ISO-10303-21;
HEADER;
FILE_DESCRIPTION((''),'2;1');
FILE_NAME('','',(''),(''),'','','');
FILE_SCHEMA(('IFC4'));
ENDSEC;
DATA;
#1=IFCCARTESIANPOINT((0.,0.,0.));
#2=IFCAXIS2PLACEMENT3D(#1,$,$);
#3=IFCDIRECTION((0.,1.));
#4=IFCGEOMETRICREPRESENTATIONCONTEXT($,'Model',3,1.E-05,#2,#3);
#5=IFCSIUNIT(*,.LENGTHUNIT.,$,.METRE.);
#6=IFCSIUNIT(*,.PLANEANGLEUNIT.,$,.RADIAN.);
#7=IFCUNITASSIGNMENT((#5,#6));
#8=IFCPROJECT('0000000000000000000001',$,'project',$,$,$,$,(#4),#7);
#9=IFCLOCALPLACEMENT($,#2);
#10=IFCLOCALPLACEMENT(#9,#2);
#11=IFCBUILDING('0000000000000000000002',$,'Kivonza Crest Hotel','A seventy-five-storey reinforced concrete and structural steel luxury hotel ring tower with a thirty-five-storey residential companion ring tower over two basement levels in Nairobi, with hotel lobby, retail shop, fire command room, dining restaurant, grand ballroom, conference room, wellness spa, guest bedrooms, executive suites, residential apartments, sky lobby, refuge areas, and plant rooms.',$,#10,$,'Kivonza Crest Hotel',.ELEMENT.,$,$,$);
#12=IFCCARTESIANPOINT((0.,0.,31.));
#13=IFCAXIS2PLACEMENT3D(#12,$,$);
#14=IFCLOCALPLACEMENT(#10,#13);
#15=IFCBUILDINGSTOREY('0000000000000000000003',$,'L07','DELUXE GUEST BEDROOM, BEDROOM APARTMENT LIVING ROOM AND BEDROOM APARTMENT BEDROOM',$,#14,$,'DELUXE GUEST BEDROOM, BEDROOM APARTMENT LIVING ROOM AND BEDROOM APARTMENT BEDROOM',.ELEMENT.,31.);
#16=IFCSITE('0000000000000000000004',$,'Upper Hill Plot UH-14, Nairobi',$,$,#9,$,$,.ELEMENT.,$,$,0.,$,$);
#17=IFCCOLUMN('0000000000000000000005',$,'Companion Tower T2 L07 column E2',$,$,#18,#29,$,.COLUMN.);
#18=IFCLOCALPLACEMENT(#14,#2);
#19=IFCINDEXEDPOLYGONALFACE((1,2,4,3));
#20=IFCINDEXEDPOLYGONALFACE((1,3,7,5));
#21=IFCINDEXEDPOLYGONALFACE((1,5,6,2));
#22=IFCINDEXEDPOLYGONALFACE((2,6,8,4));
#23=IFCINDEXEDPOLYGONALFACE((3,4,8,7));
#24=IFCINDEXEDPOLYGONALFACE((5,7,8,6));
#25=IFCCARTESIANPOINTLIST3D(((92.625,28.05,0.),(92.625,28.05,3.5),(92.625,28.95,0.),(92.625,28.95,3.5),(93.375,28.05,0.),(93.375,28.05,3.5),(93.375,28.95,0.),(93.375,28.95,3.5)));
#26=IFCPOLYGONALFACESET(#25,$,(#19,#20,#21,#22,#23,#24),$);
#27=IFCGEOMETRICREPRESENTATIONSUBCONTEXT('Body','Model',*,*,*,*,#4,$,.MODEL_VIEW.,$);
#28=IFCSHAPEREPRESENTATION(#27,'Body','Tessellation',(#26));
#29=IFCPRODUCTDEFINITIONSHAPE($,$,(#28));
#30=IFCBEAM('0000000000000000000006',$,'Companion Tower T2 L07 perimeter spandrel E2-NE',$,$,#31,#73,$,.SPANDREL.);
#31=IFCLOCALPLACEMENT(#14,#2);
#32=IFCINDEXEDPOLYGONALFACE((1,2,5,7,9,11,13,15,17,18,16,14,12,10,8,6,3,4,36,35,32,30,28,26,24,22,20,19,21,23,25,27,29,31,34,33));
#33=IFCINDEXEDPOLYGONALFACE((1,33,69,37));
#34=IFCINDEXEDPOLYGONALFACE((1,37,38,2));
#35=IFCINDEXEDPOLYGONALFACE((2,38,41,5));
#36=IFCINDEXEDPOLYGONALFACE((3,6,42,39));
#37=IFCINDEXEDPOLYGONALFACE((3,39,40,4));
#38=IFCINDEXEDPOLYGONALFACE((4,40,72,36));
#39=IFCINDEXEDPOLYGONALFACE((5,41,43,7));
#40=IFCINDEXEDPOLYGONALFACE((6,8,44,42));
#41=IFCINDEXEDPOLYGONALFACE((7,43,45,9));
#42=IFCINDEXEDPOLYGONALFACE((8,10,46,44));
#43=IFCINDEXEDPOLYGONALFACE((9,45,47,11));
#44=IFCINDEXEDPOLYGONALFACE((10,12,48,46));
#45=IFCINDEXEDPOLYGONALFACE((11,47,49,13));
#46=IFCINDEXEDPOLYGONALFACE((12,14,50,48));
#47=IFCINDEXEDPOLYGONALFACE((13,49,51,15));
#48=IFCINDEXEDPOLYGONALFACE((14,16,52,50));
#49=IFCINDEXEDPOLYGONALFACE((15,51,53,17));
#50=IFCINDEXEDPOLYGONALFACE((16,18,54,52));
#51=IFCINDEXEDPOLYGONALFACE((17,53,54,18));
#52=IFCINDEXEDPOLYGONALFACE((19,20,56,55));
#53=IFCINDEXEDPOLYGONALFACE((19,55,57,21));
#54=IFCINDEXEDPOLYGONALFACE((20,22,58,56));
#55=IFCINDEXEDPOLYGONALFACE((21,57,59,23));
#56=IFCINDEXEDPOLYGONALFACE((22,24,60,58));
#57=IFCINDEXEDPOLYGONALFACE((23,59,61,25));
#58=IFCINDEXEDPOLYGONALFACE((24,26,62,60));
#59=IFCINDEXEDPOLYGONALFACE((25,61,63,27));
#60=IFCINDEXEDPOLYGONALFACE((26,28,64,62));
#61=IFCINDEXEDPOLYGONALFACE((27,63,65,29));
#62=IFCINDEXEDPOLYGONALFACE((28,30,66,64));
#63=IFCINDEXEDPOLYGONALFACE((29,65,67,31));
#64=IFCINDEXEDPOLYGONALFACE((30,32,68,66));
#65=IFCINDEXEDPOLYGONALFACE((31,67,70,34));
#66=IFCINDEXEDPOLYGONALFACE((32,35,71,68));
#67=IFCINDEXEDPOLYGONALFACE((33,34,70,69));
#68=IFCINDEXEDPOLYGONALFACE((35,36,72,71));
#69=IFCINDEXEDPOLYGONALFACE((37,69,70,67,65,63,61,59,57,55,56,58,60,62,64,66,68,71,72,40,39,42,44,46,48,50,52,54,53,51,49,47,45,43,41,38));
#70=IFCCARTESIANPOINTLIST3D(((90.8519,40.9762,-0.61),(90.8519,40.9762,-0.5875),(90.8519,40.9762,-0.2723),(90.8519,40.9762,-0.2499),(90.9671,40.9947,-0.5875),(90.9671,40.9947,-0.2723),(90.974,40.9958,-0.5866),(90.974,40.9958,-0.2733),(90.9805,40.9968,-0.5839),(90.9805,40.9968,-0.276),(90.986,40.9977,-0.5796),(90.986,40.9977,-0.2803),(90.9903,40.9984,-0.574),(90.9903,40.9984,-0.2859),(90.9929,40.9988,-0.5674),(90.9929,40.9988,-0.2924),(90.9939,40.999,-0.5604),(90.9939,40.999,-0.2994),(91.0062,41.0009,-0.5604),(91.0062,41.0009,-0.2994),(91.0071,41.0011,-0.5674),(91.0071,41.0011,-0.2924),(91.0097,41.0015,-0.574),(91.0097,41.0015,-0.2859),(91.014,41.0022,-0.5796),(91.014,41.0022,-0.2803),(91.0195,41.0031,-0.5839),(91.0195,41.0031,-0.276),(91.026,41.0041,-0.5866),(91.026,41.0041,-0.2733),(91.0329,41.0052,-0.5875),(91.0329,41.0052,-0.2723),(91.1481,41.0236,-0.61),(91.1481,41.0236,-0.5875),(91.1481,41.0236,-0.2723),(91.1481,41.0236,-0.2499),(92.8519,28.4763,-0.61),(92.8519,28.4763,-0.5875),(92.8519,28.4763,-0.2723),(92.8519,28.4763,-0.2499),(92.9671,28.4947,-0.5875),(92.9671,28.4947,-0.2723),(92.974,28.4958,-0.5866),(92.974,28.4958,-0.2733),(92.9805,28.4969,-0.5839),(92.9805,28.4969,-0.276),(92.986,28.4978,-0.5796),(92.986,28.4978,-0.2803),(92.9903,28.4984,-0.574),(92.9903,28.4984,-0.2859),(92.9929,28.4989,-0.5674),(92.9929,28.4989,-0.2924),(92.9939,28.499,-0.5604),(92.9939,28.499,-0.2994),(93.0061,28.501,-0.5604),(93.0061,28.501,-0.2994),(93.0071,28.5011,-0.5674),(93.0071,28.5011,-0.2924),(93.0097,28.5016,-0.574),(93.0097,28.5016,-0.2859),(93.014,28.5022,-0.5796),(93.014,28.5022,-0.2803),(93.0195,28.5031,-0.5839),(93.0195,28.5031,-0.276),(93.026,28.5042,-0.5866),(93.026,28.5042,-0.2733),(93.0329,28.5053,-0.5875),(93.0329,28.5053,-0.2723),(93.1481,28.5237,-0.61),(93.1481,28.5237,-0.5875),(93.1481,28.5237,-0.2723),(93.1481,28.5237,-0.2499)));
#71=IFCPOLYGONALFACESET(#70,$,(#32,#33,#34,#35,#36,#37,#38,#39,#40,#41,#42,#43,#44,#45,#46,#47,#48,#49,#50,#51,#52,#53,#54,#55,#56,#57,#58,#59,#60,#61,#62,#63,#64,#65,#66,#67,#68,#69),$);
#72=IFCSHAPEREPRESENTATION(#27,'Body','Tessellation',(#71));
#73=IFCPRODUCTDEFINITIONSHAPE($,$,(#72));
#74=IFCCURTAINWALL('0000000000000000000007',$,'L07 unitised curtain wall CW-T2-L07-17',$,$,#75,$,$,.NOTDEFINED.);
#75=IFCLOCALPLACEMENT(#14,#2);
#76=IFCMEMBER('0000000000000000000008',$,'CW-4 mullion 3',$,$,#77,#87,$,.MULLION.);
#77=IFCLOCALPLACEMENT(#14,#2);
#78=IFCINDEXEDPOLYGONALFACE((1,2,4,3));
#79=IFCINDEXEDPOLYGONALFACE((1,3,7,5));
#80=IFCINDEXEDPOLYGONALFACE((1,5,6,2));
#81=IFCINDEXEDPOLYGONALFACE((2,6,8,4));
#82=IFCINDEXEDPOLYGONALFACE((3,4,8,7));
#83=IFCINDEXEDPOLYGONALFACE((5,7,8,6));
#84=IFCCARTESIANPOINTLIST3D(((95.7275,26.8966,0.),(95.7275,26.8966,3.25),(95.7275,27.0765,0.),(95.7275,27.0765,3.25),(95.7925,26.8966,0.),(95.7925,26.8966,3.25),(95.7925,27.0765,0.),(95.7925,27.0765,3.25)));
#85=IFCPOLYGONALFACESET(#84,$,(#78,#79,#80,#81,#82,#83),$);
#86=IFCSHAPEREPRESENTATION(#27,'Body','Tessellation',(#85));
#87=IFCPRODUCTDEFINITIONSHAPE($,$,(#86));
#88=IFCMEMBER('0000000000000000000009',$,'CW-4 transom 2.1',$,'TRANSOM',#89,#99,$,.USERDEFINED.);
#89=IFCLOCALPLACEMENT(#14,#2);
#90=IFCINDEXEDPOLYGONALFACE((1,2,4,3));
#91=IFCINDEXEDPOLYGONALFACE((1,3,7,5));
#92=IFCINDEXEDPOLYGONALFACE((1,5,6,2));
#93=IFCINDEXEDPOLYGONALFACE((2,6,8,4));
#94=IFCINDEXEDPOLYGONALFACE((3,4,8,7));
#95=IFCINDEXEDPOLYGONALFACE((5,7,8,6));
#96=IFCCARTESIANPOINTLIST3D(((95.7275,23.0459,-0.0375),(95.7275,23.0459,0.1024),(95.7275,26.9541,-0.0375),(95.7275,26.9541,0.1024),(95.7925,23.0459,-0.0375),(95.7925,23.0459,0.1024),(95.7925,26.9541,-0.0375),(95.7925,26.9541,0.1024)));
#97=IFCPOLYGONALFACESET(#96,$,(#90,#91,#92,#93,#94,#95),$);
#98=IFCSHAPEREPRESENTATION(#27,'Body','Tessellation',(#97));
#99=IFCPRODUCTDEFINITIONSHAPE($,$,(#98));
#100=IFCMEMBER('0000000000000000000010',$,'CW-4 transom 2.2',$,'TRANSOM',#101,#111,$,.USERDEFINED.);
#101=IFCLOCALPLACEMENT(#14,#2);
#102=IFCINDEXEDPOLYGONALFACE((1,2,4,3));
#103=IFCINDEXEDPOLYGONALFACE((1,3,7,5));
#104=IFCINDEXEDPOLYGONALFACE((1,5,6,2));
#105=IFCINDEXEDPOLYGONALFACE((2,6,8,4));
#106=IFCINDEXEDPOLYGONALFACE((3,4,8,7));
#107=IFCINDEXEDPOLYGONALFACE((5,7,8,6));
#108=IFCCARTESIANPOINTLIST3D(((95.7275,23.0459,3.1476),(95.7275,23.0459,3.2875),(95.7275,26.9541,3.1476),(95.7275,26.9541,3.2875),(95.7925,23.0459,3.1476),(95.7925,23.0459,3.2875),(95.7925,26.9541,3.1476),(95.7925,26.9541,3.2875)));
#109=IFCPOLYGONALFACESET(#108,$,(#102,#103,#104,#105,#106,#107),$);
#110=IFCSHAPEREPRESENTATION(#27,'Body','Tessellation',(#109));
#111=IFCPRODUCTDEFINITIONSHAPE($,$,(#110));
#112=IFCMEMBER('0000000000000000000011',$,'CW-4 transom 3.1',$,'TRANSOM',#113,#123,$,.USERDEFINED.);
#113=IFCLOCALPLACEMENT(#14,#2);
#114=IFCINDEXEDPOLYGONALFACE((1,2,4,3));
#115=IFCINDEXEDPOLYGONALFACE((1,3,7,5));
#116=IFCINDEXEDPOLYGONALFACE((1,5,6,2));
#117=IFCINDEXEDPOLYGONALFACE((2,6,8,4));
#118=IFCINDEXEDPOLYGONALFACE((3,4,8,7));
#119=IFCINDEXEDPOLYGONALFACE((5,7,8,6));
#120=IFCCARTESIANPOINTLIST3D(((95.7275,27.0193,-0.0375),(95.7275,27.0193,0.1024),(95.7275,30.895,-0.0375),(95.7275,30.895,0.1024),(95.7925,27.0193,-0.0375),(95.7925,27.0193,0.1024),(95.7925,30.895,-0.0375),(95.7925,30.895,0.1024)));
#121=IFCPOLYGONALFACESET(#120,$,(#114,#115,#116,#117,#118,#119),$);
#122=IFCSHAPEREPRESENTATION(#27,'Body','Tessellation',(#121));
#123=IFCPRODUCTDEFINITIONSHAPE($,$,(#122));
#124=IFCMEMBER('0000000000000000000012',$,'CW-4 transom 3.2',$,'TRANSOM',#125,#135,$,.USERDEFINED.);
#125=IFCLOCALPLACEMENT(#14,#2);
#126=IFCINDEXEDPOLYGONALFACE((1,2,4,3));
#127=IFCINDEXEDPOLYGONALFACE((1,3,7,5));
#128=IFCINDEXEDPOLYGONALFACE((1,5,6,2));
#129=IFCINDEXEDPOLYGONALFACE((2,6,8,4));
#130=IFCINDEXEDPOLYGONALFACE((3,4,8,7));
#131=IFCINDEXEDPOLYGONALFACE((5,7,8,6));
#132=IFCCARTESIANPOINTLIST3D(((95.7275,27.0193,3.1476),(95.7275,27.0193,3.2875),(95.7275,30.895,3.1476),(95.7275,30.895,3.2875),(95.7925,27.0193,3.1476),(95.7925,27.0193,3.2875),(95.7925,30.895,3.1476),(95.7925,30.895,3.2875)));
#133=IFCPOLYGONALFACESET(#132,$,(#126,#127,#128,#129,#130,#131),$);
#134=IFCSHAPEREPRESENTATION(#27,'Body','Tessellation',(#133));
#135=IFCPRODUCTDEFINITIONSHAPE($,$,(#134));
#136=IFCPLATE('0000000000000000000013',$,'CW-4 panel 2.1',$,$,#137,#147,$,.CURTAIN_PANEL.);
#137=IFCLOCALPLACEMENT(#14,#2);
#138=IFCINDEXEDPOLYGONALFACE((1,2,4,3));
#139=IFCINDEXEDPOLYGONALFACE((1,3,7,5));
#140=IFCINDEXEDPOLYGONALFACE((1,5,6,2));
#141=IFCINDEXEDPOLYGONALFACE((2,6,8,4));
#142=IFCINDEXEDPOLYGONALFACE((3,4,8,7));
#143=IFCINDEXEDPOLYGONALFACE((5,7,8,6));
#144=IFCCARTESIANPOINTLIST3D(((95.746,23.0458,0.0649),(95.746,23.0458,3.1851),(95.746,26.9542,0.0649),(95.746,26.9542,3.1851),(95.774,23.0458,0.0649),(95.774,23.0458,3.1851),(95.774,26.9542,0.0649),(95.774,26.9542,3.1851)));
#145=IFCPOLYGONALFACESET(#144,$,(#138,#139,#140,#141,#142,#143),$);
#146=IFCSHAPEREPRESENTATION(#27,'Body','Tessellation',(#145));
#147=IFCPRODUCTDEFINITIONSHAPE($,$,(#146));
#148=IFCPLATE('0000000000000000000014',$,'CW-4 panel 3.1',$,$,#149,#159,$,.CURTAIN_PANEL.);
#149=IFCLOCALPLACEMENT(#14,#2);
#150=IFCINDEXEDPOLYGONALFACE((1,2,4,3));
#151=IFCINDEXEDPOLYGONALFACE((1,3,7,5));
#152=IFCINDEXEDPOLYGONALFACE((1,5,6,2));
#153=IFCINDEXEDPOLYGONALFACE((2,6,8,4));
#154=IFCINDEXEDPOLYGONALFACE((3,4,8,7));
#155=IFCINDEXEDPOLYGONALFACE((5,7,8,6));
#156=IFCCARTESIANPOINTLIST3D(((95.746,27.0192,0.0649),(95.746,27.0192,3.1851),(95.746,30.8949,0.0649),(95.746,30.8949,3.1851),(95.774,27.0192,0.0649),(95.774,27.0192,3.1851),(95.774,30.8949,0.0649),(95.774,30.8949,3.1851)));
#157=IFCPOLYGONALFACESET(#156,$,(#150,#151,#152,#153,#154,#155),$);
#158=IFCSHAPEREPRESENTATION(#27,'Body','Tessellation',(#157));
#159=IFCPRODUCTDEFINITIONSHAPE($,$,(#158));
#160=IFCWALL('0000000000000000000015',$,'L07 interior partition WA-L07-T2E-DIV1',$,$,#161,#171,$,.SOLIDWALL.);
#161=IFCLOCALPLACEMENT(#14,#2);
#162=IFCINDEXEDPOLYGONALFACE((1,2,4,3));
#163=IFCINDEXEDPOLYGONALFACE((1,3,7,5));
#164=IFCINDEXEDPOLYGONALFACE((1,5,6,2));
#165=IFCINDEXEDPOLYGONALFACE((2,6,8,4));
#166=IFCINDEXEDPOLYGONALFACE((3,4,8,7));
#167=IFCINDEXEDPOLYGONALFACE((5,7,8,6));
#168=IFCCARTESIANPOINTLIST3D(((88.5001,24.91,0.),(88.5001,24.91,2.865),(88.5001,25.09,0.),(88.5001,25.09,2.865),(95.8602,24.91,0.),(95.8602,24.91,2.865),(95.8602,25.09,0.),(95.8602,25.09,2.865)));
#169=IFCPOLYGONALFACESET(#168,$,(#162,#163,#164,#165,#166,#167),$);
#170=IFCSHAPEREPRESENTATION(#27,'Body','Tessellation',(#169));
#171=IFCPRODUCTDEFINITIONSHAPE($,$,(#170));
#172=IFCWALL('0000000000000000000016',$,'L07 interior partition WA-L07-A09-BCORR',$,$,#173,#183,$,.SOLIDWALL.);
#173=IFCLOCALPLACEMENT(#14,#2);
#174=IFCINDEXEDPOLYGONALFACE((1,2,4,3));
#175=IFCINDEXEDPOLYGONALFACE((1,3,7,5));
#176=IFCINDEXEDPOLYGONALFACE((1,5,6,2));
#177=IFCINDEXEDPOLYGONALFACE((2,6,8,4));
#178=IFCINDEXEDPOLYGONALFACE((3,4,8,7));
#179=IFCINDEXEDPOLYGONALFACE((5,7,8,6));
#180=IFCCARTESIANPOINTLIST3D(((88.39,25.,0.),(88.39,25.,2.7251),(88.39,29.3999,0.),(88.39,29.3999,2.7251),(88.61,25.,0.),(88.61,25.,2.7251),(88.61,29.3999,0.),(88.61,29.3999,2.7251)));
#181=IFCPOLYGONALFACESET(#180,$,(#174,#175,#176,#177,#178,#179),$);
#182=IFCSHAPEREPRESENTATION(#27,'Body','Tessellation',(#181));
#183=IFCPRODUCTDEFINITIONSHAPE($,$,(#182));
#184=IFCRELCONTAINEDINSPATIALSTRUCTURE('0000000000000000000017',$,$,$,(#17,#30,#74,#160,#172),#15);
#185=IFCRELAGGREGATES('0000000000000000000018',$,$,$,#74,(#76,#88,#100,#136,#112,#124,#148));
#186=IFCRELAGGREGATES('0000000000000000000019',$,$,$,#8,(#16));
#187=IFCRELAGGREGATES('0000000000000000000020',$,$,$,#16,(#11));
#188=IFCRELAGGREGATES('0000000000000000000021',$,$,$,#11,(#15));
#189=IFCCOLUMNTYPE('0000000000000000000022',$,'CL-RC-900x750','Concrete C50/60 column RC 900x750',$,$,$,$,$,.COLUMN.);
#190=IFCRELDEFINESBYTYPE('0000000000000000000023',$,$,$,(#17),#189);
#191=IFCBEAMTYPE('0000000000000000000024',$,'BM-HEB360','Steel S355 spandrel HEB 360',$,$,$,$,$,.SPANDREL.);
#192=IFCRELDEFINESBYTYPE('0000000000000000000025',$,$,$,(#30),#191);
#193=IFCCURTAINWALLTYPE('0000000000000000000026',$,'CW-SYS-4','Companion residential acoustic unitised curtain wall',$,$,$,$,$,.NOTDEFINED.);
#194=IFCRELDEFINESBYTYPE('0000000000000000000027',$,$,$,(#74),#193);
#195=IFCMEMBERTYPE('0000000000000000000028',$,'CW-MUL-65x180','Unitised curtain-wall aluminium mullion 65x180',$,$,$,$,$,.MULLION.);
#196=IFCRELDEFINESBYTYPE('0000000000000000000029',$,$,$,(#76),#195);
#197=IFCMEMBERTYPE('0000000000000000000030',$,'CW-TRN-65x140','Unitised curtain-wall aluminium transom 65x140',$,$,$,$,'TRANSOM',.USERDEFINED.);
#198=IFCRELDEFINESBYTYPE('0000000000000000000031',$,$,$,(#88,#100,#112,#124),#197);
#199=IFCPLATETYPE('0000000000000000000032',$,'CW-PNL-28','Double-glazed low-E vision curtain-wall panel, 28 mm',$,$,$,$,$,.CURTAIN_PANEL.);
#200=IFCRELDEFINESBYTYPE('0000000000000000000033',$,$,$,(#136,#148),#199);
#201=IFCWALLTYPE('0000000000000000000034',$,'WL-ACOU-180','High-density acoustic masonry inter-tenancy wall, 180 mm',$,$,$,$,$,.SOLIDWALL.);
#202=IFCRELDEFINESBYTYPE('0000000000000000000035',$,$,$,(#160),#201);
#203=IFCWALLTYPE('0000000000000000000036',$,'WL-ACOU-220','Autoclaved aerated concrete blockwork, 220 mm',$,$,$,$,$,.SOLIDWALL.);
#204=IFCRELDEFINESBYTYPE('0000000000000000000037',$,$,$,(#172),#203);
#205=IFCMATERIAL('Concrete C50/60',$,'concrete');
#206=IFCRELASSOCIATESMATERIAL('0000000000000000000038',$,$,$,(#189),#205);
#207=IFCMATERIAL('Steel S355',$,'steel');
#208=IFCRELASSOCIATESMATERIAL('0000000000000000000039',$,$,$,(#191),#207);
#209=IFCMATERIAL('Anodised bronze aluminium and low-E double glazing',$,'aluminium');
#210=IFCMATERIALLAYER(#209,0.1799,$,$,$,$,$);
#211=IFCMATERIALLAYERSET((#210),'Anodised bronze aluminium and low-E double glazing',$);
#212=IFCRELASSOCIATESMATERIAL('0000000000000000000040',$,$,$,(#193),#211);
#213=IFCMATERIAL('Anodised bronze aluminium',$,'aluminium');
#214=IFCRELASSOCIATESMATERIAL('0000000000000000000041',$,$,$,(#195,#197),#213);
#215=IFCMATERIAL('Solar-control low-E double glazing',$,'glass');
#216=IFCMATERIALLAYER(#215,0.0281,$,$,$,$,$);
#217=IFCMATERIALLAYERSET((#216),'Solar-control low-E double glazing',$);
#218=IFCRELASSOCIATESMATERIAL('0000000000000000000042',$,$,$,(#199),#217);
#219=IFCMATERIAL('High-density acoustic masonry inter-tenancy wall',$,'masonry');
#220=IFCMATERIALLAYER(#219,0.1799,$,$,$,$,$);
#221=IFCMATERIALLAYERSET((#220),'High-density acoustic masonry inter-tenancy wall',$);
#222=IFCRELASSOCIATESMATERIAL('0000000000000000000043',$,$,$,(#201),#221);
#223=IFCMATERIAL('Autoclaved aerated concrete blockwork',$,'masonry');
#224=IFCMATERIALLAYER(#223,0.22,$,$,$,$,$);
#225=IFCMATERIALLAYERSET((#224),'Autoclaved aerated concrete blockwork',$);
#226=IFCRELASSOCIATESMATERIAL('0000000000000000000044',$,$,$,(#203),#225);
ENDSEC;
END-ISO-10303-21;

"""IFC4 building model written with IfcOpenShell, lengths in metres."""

from ifc_helpers import new_model, si_unit, direction, frame, frame_2d, origin, origin_2d, place, context, subcontext, project, spatial, rectangle, i_section, extrude, material, layer, layer_set, material_profile, profile_set, type_object, element, aggregate, save


model = new_model("IFC4")

# Units and contexts
model_context = context("Model", 3, precision=1e-05, world=origin(), true_north=direction((0.0, 1.0)))
body_context = subcontext(model_context, "Body", "Model", "MODEL_VIEW")
ifc_project = project(units=[si_unit("LENGTHUNIT", "METRE"), si_unit("PLANEANGLEUNIT", "RADIAN")], contexts=[model_context])

# Site, building, storey
site_placement = place(None, origin())
site = spatial("IfcSite", under=ifc_project, at=site_placement, Name="Upper Hill Plot UH-14, Nairobi", CompositionType="ELEMENT", RefElevation=0.0)
building_placement = place(site_placement, origin())
building = spatial("IfcBuilding", under=site, at=building_placement, Name="Kivonza Crest Hotel", Description="A seventy-five-storey reinforced concrete and structural steel luxury hotel ring tower with a thirty-five-storey residential companion ring tower over two basement levels in Nairobi, with hotel lobby, retail shop, fire command room, dining restaurant, grand ballroom, conference room, wellness spa, guest bedrooms, executive suites, residential apartments, sky lobby, refuge areas, and plant rooms.", LongName="Kivonza Crest Hotel", CompositionType="ELEMENT")
storey_placement = place(building_placement, frame((0.0, 0.0, 31.0)))
storey = spatial("IfcBuildingStorey", under=building, at=storey_placement, Name="L07", Description="DELUXE GUEST BEDROOM, BEDROOM APARTMENT LIVING ROOM AND BEDROOM APARTMENT BEDROOM", LongName="DELUXE GUEST BEDROOM, BEDROOM APARTMENT LIVING ROOM AND BEDROOM APARTMENT BEDROOM", CompositionType="ELEMENT", Elevation=31.0)

# Column
ifc_material_1 = material(Name="Concrete C50/60", Category="concrete")
ifc_material_profile_1 = material_profile(ifc_material_1, rectangle(XDim=0.75, YDim=0.8999, at=origin_2d()), Name="RC 900x750")
ifc_profile_set_1 = profile_set([ifc_material_profile_1], Name="Concrete C50/60")
column_type = type_object("IfcColumnType", Name="CL-RC-900x750", Description="Concrete C50/60 column RC 900x750", PredefinedType="COLUMN", material=ifc_profile_set_1)
column_placement = place(storey_placement, frame((93.0, 28.5, 0.0), z_axis=(0.0, 0.0, 1.0), x_axis=(1.0, 0.0, 0.0)))
element("IfcColumn", 1, at=column_placement, inside=storey, type_object=column_type, Name="Companion Tower T2 L07 column E2", PredefinedType="COLUMN", context=body_context, shape_type="SweptSolid", body=[
    extrude(rectangle(XDim=0.75, YDim=0.8999, at=origin_2d()), origin(), (0.0, 0.0, 1.0), 3.5),
])

# Beam
ifc_material_2 = material(Name="Steel S355", Category="steel")
ifc_material_profile_2 = material_profile(ifc_material_2, i_section(OverallWidth=0.3, OverallDepth=0.3601, WebThickness=0.0125, FlangeThickness=0.0225, FilletRadius=0.0271, at=origin_2d()), Name="HEB 360")
ifc_profile_set_2 = profile_set([ifc_material_profile_2], Name="Steel S355")
beam_type = type_object("IfcBeamType", Name="BM-HEB360", Description="Steel S355 spandrel HEB 360", PredefinedType="SPANDREL", material=ifc_profile_set_2)
beam_placement = place(storey_placement, frame((93.0, 28.5, -0.4299), z_axis=(-0.157991, 0.987441, 0.0), x_axis=(-0.987441, -0.157991, 0.0)))
element("IfcBeam", 2, at=beam_placement, inside=storey, type_object=beam_type, Name="Companion Tower T2 L07 perimeter spandrel E2-NE", PredefinedType="SPANDREL", context=body_context, shape_type="SweptSolid", body=[
    extrude(i_section(OverallWidth=0.3, OverallDepth=0.3601, WebThickness=0.0125, FlangeThickness=0.0225, FilletRadius=0.0271, at=origin_2d()), origin(), (0.0, 0.0, 1.0), 12.6589),
])

# Curtain wall, members, plates
ifc_material_3 = material(Name="Anodised bronze aluminium and low-E double glazing", Category="aluminium")
ifc_layer_1 = layer(ifc_material_3, 0.1799)
ifc_layer_set_1 = layer_set([ifc_layer_1], Name="Anodised bronze aluminium and low-E double glazing")
curtain_wall_type = type_object("IfcCurtainWallType", Name="CW-SYS-4", Description="Companion residential acoustic unitised curtain wall", PredefinedType="NOTDEFINED", material=ifc_layer_set_1)
curtain_wall_placement = place(storey_placement, origin())
curtain_wall = element("IfcCurtainWall", 3, at=curtain_wall_placement, inside=storey, type_object=curtain_wall_type, Name="L07 unitised curtain wall CW-T2-L07-17", PredefinedType="NOTDEFINED")
ifc_material_4 = material(Name="Anodised bronze aluminium", Category="aluminium")
ifc_material_profile_3 = material_profile(ifc_material_4, rectangle(XDim=0.0649, YDim=0.1799, at=origin_2d()), Name="CW-M 65x180")
ifc_profile_set_3 = profile_set([ifc_material_profile_3], Name="Anodised bronze aluminium")
member_type_1 = type_object("IfcMemberType", Name="CW-MUL-65x180", Description="Unitised curtain-wall aluminium mullion 65x180", PredefinedType="MULLION", material=ifc_profile_set_3)
member_1_placement = place(storey_placement, frame((95.76, 26.9866, 0.0), z_axis=(0.0, 0.0, 1.0), x_axis=(-1.0, 0.0, 0.0)))
member_1 = element("IfcMember", 4, at=member_1_placement, type_object=member_type_1, Name="CW-4 mullion 3", PredefinedType="MULLION", context=body_context, shape_type="SweptSolid", body=[
    extrude(rectangle(XDim=0.0649, YDim=0.1799, at=origin_2d()), origin(), (0.0, 0.0, 1.0), 3.25),
])
ifc_material_profile_4 = material_profile(ifc_material_4, rectangle(XDim=0.0649, YDim=0.1399, at=origin_2d()), Name="CW-T 65x140")
ifc_profile_set_4 = profile_set([ifc_material_profile_4], Name="Anodised bronze aluminium")
member_type_2 = type_object("IfcMemberType", Name="CW-TRN-65x140", Description="Unitised curtain-wall aluminium transom 65x140", ElementType="TRANSOM", PredefinedType="USERDEFINED", material=ifc_profile_set_4)
member_2_placement = place(storey_placement, frame((95.76, 23.0459, 0.0325), z_axis=(0.0, 1.0, 0.0), x_axis=(-1.0, 0.0, 0.0)))
member_2 = element("IfcMember", 5, at=member_2_placement, type_object=member_type_2, Name="CW-4 transom 2.1", ObjectType="TRANSOM", PredefinedType="USERDEFINED", context=body_context, shape_type="SweptSolid", body=[
    extrude(rectangle(XDim=0.0649, YDim=0.1399, at=origin_2d()), origin(), (0.0, 0.0, 1.0), 3.9082),
])
member_3_placement = place(storey_placement, frame((95.76, 23.0459, 3.2175), z_axis=(0.0, 1.0, 0.0), x_axis=(-1.0, 0.0, 0.0)))
member_3 = element("IfcMember", 6, at=member_3_placement, type_object=member_type_2, Name="CW-4 transom 2.2", ObjectType="TRANSOM", PredefinedType="USERDEFINED", context=body_context, shape_type="SweptSolid", body=[
    extrude(rectangle(XDim=0.0649, YDim=0.1399, at=origin_2d()), origin(), (0.0, 0.0, 1.0), 3.9082),
])
member_4_placement = place(storey_placement, frame((95.76, 27.0193, 0.0325), z_axis=(0.0, 1.0, 0.0), x_axis=(-1.0, 0.0, 0.0)))
member_4 = element("IfcMember", 7, at=member_4_placement, type_object=member_type_2, Name="CW-4 transom 3.1", ObjectType="TRANSOM", PredefinedType="USERDEFINED", context=body_context, shape_type="SweptSolid", body=[
    extrude(rectangle(XDim=0.0649, YDim=0.1399, at=origin_2d()), origin(), (0.0, 0.0, 1.0), 3.8757),
])
member_5_placement = place(storey_placement, frame((95.76, 27.0193, 3.2175), z_axis=(0.0, 1.0, 0.0), x_axis=(-1.0, 0.0, 0.0)))
member_5 = element("IfcMember", 8, at=member_5_placement, type_object=member_type_2, Name="CW-4 transom 3.2", ObjectType="TRANSOM", PredefinedType="USERDEFINED", context=body_context, shape_type="SweptSolid", body=[
    extrude(rectangle(XDim=0.0649, YDim=0.1399, at=origin_2d()), origin(), (0.0, 0.0, 1.0), 3.8757),
])
ifc_material_5 = material(Name="Solar-control low-E double glazing", Category="glass")
ifc_layer_2 = layer(ifc_material_5, 0.0281)
ifc_layer_set_2 = layer_set([ifc_layer_2], Name="Solar-control low-E double glazing")
plate_type = type_object("IfcPlateType", Name="CW-PNL-28", Description="Double-glazed low-E vision curtain-wall panel, 28 mm", PredefinedType="CURTAIN_PANEL", material=ifc_layer_set_2)
plate_1_placement = place(storey_placement, frame((95.76, 25.0, 0.0649), z_axis=(0.0, 0.0, 1.0), x_axis=(0.0, 1.0, 0.0)))
plate_1 = element("IfcPlate", 9, at=plate_1_placement, type_object=plate_type, Name="CW-4 panel 2.1", PredefinedType="CURTAIN_PANEL", context=body_context, shape_type="SweptSolid", body=[
    extrude(rectangle(XDim=3.9084, YDim=0.0281, at=origin_2d()), origin(), (0.0, 0.0, 1.0), 3.1201),
])
plate_2_placement = place(storey_placement, frame((95.76, 28.957, 0.0649), z_axis=(0.0, 0.0, 1.0), x_axis=(0.0, 1.0, 0.0)))
plate_2 = element("IfcPlate", 10, at=plate_2_placement, type_object=plate_type, Name="CW-4 panel 3.1", PredefinedType="CURTAIN_PANEL", context=body_context, shape_type="SweptSolid", body=[
    extrude(rectangle(XDim=3.8757, YDim=0.0281, at=origin_2d()), origin(), (0.0, 0.0, 1.0), 3.1201),
])
aggregate(curtain_wall, [member_1, member_2, member_3, plate_1, member_4, member_5, plate_2])

# Walls
ifc_material_6 = material(Name="High-density acoustic masonry inter-tenancy wall", Category="masonry")
ifc_layer_3 = layer(ifc_material_6, 0.1799)
ifc_layer_set_3 = layer_set([ifc_layer_3], Name="High-density acoustic masonry inter-tenancy wall")
wall_type_1 = type_object("IfcWallType", Name="WL-ACOU-180", Description="High-density acoustic masonry inter-tenancy wall, 180 mm", PredefinedType="SOLIDWALL", material=ifc_layer_set_3)
wall_1_placement = place(storey_placement, frame((88.5, 25.0, 0.0), z_axis=(0.0, 0.0, 1.0), x_axis=(1.0, 0.0, 0.0)))
element("IfcWall", 11, at=wall_1_placement, inside=storey, type_object=wall_type_1, Name="L07 interior partition WA-L07-T2E-DIV1", PredefinedType="SOLIDWALL", context=body_context, shape_type="SweptSolid", body=[
    extrude(rectangle(XDim=7.3601, YDim=0.1799, at=frame_2d((3.6802, 0.0))), origin(), (0.0, 0.0, 1.0), 2.865),
])
ifc_material_7 = material(Name="Autoclaved aerated concrete blockwork", Category="masonry")
ifc_layer_4 = layer(ifc_material_7, 0.22)
ifc_layer_set_4 = layer_set([ifc_layer_4], Name="Autoclaved aerated concrete blockwork")
wall_type_2 = type_object("IfcWallType", Name="WL-ACOU-220", Description="Autoclaved aerated concrete blockwork, 220 mm", PredefinedType="SOLIDWALL", material=ifc_layer_set_4)
wall_2_placement = place(storey_placement, frame((88.5, 25.0, 0.0), z_axis=(0.0, 0.0, 1.0), x_axis=(0.0, 1.0, 0.0)))
element("IfcWall", 12, at=wall_2_placement, inside=storey, type_object=wall_type_2, Name="L07 interior partition WA-L07-A09-BCORR", PredefinedType="SOLIDWALL", context=body_context, shape_type="SweptSolid", body=[
    extrude(rectangle(XDim=4.3999, YDim=0.22, at=frame_2d((2.2, 0.0))), origin(), (0.0, 0.0, 1.0), 2.7251),
])

save(model, "model.ifc")
